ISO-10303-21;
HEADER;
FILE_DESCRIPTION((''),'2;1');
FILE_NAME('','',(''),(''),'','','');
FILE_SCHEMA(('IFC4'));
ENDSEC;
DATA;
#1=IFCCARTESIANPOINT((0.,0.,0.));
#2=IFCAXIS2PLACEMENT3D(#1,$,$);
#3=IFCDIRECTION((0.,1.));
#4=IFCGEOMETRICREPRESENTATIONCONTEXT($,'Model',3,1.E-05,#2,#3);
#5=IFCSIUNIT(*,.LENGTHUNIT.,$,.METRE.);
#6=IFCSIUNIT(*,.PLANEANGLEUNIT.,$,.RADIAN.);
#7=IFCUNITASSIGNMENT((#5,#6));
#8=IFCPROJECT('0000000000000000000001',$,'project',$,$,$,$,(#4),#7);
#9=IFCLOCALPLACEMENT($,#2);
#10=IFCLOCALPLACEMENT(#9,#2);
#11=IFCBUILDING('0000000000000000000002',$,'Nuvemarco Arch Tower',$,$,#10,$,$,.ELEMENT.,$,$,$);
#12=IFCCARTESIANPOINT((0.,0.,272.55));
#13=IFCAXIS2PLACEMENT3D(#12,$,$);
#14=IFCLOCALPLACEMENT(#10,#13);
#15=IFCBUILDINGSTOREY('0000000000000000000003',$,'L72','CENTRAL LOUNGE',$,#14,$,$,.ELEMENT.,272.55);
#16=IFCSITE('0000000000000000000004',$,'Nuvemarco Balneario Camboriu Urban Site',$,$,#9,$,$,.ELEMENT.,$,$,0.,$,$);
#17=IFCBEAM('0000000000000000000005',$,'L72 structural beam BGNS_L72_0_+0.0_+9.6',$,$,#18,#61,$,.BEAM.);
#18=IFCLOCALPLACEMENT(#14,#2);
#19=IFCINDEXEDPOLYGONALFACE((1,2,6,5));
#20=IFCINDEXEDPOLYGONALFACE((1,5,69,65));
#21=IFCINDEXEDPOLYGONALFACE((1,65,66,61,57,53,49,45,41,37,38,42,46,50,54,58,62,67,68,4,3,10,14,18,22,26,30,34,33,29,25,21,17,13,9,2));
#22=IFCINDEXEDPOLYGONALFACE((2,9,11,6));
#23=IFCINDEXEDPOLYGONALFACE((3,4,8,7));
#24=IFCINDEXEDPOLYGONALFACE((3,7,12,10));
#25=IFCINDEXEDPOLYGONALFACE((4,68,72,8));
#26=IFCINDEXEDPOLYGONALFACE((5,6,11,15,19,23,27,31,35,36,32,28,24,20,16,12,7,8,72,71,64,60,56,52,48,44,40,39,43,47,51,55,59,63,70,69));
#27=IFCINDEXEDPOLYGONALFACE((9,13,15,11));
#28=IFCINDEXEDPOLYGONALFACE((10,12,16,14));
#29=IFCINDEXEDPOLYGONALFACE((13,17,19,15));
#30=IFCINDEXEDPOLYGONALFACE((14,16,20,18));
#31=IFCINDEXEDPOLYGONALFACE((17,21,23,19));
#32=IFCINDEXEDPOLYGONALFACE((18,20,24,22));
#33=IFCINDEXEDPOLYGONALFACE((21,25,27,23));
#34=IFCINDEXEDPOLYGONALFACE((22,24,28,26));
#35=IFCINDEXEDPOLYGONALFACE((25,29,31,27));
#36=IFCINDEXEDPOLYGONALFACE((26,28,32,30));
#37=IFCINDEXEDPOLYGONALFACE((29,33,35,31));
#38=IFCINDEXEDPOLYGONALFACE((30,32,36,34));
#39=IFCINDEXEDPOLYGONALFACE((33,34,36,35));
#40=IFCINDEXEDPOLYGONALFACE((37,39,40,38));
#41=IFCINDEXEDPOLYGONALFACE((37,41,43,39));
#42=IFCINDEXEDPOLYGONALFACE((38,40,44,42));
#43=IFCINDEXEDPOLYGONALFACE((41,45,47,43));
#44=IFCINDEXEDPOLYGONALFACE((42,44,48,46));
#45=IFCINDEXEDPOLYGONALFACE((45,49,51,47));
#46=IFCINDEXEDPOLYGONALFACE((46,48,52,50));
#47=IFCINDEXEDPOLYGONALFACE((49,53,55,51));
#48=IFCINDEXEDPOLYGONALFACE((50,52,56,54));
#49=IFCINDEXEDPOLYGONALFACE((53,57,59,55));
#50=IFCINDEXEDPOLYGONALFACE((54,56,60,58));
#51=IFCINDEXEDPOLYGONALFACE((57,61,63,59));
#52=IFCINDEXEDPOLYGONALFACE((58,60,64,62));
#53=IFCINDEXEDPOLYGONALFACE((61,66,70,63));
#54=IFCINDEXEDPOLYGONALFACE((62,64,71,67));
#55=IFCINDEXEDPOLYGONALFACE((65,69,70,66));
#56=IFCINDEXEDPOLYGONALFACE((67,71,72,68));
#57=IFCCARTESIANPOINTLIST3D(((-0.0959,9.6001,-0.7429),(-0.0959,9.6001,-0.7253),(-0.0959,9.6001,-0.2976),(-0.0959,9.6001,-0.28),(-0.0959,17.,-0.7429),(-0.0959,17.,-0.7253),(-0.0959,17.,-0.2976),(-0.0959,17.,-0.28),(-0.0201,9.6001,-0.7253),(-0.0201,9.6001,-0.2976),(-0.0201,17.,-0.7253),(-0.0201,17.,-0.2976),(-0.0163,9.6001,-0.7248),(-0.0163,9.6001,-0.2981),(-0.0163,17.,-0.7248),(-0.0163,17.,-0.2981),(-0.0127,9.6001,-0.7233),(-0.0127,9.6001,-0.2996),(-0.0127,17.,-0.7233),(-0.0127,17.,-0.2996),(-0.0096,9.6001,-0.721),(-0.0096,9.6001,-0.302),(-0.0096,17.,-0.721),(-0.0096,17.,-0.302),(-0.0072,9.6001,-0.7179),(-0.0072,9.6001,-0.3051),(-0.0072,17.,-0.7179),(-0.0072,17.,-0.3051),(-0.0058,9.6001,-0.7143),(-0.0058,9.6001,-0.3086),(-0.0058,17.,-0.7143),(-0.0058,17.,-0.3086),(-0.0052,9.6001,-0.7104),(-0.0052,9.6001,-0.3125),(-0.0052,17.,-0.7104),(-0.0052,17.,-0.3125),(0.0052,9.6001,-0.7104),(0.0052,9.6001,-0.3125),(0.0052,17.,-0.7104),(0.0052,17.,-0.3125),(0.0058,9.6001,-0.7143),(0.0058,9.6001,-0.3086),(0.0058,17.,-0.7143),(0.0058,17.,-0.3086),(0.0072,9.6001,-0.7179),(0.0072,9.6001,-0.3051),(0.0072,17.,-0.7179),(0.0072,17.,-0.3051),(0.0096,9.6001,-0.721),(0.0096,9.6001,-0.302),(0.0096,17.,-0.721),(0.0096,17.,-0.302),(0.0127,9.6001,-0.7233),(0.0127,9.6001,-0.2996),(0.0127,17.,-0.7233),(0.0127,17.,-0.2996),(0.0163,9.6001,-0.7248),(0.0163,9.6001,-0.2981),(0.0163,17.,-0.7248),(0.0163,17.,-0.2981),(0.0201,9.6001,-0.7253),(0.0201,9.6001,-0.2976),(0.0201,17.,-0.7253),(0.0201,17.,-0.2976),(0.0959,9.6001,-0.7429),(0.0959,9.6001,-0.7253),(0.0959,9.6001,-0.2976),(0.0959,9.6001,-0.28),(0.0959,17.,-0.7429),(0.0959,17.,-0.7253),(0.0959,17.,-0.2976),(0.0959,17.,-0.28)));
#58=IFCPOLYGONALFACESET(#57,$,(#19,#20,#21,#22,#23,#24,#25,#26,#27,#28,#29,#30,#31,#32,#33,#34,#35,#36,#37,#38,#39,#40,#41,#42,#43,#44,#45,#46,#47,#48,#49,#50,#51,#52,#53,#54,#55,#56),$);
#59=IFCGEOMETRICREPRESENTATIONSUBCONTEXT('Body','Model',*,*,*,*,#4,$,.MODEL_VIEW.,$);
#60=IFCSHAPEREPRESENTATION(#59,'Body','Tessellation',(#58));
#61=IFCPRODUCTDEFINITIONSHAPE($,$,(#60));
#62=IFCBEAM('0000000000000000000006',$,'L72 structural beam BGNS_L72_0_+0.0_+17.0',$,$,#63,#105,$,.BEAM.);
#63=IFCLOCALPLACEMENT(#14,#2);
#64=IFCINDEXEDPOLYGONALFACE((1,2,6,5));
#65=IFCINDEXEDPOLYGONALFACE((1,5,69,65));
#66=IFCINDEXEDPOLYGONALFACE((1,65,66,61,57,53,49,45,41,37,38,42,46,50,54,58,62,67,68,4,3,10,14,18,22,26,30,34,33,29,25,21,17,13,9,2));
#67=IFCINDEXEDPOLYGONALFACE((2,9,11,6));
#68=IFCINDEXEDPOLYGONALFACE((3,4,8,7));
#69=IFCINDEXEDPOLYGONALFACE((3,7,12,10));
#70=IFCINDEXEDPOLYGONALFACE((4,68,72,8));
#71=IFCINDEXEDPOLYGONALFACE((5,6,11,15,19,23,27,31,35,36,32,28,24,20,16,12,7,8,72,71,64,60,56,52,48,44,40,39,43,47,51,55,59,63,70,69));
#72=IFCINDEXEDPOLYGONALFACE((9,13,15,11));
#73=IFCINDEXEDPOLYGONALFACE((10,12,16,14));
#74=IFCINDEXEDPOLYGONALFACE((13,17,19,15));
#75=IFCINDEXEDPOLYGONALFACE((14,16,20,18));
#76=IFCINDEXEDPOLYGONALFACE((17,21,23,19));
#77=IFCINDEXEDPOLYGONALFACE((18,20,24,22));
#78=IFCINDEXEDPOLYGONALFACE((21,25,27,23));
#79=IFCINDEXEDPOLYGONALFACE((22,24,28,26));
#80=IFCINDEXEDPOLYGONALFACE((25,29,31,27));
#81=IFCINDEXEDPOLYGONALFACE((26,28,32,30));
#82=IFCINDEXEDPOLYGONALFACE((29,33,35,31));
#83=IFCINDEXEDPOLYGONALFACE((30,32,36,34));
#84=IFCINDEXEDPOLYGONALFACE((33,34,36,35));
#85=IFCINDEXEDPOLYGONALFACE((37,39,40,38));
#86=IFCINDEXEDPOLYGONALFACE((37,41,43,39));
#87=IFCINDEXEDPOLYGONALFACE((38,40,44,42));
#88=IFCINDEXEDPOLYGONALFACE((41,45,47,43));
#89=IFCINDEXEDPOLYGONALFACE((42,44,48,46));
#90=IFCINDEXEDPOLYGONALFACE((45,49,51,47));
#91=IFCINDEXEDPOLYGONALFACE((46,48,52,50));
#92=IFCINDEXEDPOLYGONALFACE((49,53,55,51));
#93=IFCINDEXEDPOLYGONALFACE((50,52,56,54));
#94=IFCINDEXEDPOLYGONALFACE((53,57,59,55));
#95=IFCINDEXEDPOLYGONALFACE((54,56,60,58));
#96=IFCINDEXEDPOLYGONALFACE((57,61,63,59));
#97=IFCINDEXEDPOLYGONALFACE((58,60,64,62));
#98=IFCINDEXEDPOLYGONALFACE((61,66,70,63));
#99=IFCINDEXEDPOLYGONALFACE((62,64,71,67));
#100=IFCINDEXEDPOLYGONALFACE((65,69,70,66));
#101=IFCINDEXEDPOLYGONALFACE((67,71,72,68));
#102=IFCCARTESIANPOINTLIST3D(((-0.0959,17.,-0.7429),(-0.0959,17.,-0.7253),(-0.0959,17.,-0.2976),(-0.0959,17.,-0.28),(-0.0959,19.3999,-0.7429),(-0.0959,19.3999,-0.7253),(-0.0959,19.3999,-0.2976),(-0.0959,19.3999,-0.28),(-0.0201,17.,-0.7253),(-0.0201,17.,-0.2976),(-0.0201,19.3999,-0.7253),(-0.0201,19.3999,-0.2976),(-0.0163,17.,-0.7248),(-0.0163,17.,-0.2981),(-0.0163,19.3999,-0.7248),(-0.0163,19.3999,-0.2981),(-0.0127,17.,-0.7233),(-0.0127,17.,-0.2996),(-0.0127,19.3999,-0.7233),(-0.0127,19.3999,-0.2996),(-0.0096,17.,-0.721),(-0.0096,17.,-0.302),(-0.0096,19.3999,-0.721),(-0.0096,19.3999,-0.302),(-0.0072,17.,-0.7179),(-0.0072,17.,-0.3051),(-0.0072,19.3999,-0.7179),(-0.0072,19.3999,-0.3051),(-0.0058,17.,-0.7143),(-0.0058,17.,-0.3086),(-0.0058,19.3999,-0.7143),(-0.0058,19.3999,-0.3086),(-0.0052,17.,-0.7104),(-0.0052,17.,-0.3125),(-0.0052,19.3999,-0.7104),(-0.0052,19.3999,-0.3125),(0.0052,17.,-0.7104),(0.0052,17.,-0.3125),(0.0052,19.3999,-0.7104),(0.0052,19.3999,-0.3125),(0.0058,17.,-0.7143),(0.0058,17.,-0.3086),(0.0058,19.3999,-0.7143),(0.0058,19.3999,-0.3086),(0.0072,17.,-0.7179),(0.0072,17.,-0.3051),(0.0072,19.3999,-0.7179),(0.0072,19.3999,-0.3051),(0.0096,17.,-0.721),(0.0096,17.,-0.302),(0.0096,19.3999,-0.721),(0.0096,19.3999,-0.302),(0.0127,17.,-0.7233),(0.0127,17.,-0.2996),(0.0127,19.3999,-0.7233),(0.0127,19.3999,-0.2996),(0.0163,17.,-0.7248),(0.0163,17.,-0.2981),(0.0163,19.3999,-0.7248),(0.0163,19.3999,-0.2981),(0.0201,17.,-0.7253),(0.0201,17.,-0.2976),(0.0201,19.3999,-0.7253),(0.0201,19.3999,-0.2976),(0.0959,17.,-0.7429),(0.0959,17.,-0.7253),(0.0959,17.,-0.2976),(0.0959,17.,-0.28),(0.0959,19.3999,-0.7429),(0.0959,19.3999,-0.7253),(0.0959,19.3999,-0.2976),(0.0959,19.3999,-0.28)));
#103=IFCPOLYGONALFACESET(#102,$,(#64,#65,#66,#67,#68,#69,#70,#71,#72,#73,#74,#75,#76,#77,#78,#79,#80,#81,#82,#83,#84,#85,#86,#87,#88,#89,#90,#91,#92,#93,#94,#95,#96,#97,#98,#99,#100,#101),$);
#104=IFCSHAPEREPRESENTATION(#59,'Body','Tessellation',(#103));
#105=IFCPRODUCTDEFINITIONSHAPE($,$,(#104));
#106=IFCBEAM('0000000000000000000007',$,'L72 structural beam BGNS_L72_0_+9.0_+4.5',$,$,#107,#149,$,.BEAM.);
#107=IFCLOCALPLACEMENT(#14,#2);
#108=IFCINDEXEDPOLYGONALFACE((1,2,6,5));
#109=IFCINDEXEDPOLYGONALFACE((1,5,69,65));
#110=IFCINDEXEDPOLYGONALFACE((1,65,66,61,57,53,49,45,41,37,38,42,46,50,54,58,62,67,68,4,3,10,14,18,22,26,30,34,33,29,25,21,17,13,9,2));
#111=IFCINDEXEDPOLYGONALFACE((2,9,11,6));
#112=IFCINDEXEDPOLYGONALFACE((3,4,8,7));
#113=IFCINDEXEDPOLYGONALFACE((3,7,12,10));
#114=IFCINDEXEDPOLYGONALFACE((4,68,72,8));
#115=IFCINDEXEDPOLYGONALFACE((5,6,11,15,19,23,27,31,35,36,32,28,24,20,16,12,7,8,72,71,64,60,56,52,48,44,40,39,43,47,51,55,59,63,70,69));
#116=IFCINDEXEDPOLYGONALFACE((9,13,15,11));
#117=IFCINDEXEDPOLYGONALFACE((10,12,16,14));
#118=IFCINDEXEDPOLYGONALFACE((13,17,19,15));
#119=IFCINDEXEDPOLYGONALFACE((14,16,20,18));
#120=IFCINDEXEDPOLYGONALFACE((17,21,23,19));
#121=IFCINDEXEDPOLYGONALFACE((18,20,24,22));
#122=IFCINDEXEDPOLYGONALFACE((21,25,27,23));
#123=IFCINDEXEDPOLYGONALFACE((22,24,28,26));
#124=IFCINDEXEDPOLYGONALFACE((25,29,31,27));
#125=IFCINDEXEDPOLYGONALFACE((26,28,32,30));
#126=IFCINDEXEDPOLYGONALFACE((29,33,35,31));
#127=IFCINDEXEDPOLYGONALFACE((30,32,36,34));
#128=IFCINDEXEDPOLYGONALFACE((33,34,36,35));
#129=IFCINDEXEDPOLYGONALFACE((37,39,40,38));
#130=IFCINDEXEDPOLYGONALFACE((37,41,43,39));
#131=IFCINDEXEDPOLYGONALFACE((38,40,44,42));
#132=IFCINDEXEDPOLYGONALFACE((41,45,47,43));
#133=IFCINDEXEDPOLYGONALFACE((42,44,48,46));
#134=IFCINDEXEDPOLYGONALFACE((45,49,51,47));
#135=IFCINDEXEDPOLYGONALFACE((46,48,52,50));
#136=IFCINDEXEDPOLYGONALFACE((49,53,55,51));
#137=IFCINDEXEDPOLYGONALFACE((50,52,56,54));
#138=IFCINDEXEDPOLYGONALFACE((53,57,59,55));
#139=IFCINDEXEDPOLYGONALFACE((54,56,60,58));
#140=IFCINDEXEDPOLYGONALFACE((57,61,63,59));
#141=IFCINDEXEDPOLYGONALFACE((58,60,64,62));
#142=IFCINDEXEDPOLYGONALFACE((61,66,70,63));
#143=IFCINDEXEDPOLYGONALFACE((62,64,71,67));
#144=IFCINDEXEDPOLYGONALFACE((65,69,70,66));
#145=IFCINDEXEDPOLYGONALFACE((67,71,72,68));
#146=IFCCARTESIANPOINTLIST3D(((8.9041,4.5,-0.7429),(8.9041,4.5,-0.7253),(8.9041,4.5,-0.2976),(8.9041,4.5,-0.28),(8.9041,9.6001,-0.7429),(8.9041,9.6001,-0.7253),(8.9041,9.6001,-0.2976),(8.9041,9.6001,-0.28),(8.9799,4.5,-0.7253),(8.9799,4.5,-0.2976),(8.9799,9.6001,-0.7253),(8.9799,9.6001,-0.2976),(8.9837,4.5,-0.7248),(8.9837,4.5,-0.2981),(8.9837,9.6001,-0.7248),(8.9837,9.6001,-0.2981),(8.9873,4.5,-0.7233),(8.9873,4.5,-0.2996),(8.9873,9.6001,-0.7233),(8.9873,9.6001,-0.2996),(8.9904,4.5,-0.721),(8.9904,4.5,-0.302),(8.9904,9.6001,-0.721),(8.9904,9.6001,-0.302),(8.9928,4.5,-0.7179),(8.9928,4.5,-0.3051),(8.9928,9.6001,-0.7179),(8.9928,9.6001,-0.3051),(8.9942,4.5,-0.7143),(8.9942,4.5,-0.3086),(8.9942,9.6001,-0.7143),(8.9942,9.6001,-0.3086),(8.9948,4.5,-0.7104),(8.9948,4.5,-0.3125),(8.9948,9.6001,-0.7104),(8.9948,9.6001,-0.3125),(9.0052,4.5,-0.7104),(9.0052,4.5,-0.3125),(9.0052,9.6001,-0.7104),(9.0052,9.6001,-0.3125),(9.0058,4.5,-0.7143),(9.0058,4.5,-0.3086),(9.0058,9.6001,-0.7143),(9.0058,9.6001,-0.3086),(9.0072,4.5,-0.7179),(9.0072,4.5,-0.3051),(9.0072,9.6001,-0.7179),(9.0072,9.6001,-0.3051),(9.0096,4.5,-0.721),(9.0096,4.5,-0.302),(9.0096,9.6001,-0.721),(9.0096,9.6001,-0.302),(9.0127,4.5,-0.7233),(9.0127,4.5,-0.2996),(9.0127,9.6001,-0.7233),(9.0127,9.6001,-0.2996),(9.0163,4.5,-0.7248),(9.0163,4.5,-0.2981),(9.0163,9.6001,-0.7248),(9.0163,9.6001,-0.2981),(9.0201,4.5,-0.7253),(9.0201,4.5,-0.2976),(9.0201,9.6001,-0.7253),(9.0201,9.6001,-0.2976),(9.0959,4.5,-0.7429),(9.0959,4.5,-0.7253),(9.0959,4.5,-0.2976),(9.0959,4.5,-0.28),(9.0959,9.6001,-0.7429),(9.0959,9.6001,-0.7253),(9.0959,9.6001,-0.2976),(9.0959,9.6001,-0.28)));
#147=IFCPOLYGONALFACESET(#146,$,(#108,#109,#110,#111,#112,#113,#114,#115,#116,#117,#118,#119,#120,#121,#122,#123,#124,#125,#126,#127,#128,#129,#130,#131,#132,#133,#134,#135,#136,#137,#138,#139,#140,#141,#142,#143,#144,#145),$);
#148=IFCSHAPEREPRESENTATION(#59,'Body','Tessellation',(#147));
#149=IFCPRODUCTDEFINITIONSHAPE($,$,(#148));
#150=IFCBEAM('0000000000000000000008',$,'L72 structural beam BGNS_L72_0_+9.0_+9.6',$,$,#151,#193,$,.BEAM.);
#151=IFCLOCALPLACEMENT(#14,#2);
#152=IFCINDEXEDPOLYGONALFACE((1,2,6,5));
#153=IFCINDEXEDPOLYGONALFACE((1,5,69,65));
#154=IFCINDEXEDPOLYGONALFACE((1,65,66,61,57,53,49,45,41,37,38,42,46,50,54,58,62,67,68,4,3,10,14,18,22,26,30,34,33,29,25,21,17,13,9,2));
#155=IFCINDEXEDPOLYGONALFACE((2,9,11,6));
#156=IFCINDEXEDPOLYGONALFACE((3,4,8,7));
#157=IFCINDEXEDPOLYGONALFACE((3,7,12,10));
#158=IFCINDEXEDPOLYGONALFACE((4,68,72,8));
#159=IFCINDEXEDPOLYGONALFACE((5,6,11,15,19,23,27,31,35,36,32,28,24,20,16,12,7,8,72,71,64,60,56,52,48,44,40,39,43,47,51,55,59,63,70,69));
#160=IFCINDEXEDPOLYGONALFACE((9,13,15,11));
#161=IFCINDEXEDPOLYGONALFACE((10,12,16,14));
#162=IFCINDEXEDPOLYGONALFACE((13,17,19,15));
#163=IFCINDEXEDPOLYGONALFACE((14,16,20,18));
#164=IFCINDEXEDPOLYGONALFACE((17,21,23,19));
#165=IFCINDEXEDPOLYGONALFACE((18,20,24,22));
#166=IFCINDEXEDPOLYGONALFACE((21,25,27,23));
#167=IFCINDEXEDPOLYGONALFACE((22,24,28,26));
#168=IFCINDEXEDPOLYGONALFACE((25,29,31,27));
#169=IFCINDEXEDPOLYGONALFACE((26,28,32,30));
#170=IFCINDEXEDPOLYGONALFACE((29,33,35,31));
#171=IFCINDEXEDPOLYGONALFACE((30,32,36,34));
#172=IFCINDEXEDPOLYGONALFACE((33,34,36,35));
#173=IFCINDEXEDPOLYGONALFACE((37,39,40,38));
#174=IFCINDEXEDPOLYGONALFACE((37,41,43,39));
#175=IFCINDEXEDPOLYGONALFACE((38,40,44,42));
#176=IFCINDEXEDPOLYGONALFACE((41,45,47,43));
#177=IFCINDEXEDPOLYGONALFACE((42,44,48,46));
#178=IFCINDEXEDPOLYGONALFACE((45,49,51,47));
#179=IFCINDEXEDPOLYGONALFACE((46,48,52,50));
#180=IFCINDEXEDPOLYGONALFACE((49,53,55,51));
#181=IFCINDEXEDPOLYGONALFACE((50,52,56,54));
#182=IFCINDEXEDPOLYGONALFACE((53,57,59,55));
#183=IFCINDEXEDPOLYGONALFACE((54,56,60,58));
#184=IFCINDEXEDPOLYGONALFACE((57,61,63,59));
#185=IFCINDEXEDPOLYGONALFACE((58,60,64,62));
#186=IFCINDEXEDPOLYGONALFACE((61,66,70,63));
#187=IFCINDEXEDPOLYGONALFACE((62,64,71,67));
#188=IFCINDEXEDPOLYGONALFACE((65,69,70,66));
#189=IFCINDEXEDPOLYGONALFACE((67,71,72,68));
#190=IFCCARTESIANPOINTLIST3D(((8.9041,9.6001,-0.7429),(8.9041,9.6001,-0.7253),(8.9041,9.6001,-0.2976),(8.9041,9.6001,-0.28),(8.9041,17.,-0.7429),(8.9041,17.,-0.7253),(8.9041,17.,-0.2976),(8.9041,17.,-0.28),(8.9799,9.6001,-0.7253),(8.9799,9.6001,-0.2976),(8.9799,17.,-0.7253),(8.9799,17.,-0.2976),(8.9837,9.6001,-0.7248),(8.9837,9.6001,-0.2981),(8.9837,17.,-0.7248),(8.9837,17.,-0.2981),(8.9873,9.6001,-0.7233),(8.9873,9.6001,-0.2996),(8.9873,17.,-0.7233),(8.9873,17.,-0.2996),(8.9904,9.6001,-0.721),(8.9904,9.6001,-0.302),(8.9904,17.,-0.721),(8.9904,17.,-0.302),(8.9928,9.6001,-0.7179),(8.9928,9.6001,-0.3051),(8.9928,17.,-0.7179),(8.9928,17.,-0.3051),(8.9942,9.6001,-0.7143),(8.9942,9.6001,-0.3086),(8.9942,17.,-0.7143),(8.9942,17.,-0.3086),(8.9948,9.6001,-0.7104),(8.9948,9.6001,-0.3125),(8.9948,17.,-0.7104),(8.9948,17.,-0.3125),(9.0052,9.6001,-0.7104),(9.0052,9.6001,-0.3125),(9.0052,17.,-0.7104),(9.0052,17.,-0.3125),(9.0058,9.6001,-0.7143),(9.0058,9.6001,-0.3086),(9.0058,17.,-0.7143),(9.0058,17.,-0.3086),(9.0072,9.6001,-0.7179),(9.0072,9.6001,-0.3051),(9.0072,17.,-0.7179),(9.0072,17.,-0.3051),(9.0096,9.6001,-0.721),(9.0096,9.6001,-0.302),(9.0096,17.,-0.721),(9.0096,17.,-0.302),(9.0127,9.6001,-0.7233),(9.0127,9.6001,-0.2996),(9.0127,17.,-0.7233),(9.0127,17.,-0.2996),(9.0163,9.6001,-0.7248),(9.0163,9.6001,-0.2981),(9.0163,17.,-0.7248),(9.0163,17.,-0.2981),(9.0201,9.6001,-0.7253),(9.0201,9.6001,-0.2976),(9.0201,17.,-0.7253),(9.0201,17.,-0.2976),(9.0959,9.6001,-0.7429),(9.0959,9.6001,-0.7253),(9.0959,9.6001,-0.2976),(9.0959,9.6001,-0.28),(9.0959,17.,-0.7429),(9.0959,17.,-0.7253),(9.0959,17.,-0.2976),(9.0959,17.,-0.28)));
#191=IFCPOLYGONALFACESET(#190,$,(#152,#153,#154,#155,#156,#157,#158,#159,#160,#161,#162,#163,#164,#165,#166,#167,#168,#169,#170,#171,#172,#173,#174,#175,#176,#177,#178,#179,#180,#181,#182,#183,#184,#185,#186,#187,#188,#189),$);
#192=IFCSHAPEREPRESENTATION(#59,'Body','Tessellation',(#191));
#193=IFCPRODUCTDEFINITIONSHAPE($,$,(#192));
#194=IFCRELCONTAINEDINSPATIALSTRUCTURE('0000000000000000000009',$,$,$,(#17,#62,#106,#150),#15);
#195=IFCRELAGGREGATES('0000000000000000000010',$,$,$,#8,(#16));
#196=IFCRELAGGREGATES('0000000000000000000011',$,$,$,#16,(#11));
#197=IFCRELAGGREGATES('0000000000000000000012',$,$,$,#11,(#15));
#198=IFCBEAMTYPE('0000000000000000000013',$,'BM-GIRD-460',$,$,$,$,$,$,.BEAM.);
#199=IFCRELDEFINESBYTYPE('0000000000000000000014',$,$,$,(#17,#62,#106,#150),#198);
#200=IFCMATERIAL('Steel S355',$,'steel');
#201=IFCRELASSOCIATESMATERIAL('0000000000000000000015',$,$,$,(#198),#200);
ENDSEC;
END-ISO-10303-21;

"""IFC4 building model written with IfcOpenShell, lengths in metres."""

from ifc_helpers import new_model, si_unit, direction, frame, origin, origin_2d, place, context, subcontext, project, spatial, i_section, extrude, material, material_profile, profile_set, type_object, element, save


model = new_model("IFC4")

# Units and contexts
model_context = context("Model", 3, precision=1e-05, world=origin(), true_north=direction((0.0, 1.0)))
body_context = subcontext(model_context, "Body", "Model", "MODEL_VIEW")
ifc_project = project(units=[si_unit("LENGTHUNIT", "METRE"), si_unit("PLANEANGLEUNIT", "RADIAN")], contexts=[model_context])

# Site, building, storey
site_placement = place(None, origin())
site = spatial("IfcSite", under=ifc_project, at=site_placement, Name="Nuvemarco Balneario Camboriu Urban Site", CompositionType="ELEMENT", RefElevation=0.0)
building_placement = place(site_placement, origin())
building = spatial("IfcBuilding", under=site, at=building_placement, Name="Nuvemarco Arch Tower", CompositionType="ELEMENT")
storey_placement = place(building_placement, frame((0.0, 0.0, 272.55)))
storey = spatial("IfcBuildingStorey", under=building, at=storey_placement, Name="L72", Description="CENTRAL LOUNGE", CompositionType="ELEMENT", Elevation=272.55)

# Shared definitions
ifc_material_1 = material(Name="Steel S355", Category="steel")

# Beams
ifc_material_profile_1 = material_profile(ifc_material_1, i_section(OverallWidth=0.1919, OverallDepth=0.4629, WebThickness=0.0105, FlangeThickness=0.0176, FilletRadius=0.0149, at=origin_2d()), Name="W460x89")
ifc_profile_set_1 = profile_set([ifc_material_profile_1], Name="Steel S355")
beam_type_1 = type_object("IfcBeamType", Name="BM-GIRD-460", PredefinedType="BEAM", material=ifc_profile_set_1)
beam_1_placement = place(storey_placement, frame((0.0, 9.6001, -0.5115), z_axis=(0.0, 1.0, 0.0), x_axis=(-1.0, 0.0, 0.0)))
element("IfcBeam", 1, at=beam_1_placement, inside=storey, type_object=beam_type_1, Name="L72 structural beam BGNS_L72_0_+0.0_+9.6", PredefinedType="BEAM", context=body_context, shape_type="SweptSolid", body=[
    extrude(i_section(OverallWidth=0.1919, OverallDepth=0.4629, WebThickness=0.0105, FlangeThickness=0.0176, FilletRadius=0.0149, at=origin_2d()), origin(), (0.0, 0.0, 1.0), 7.3999),
])
beam_2_placement = place(storey_placement, frame((0.0, 17.0, -0.5115), z_axis=(0.0, 1.0, 0.0), x_axis=(-1.0, 0.0, 0.0)))
element("IfcBeam", 2, at=beam_2_placement, inside=storey, type_object=beam_type_1, Name="L72 structural beam BGNS_L72_0_+0.0_+17.0", PredefinedType="BEAM", context=body_context, shape_type="SweptSolid", body=[
    extrude(i_section(OverallWidth=0.1919, OverallDepth=0.4629, WebThickness=0.0105, FlangeThickness=0.0176, FilletRadius=0.0149, at=origin_2d()), origin(), (0.0, 0.0, 1.0), 2.3999),
])
beam_3_placement = place(storey_placement, frame((9.0, 4.5, -0.5115), z_axis=(0.0, 1.0, 0.0), x_axis=(-1.0, 0.0, 0.0)))
element("IfcBeam", 3, at=beam_3_placement, inside=storey, type_object=beam_type_1, Name="L72 structural beam BGNS_L72_0_+9.0_+4.5", PredefinedType="BEAM", context=body_context, shape_type="SweptSolid", body=[
    extrude(i_section(OverallWidth=0.1919, OverallDepth=0.4629, WebThickness=0.0105, FlangeThickness=0.0176, FilletRadius=0.0149, at=origin_2d()), origin(), (0.0, 0.0, 1.0), 5.1001),
])
beam_4_placement = place(storey_placement, frame((9.0, 9.6001, -0.5115), z_axis=(0.0, 1.0, 0.0), x_axis=(-1.0, 0.0, 0.0)))
element("IfcBeam", 4, at=beam_4_placement, inside=storey, type_object=beam_type_1, Name="L72 structural beam BGNS_L72_0_+9.0_+9.6", PredefinedType="BEAM", context=body_context, shape_type="SweptSolid", body=[
    extrude(i_section(OverallWidth=0.1919, OverallDepth=0.4629, WebThickness=0.0105, FlangeThickness=0.0176, FilletRadius=0.0149, at=origin_2d()), origin(), (0.0, 0.0, 1.0), 7.3999),
])

save(model, "model.ifc")
